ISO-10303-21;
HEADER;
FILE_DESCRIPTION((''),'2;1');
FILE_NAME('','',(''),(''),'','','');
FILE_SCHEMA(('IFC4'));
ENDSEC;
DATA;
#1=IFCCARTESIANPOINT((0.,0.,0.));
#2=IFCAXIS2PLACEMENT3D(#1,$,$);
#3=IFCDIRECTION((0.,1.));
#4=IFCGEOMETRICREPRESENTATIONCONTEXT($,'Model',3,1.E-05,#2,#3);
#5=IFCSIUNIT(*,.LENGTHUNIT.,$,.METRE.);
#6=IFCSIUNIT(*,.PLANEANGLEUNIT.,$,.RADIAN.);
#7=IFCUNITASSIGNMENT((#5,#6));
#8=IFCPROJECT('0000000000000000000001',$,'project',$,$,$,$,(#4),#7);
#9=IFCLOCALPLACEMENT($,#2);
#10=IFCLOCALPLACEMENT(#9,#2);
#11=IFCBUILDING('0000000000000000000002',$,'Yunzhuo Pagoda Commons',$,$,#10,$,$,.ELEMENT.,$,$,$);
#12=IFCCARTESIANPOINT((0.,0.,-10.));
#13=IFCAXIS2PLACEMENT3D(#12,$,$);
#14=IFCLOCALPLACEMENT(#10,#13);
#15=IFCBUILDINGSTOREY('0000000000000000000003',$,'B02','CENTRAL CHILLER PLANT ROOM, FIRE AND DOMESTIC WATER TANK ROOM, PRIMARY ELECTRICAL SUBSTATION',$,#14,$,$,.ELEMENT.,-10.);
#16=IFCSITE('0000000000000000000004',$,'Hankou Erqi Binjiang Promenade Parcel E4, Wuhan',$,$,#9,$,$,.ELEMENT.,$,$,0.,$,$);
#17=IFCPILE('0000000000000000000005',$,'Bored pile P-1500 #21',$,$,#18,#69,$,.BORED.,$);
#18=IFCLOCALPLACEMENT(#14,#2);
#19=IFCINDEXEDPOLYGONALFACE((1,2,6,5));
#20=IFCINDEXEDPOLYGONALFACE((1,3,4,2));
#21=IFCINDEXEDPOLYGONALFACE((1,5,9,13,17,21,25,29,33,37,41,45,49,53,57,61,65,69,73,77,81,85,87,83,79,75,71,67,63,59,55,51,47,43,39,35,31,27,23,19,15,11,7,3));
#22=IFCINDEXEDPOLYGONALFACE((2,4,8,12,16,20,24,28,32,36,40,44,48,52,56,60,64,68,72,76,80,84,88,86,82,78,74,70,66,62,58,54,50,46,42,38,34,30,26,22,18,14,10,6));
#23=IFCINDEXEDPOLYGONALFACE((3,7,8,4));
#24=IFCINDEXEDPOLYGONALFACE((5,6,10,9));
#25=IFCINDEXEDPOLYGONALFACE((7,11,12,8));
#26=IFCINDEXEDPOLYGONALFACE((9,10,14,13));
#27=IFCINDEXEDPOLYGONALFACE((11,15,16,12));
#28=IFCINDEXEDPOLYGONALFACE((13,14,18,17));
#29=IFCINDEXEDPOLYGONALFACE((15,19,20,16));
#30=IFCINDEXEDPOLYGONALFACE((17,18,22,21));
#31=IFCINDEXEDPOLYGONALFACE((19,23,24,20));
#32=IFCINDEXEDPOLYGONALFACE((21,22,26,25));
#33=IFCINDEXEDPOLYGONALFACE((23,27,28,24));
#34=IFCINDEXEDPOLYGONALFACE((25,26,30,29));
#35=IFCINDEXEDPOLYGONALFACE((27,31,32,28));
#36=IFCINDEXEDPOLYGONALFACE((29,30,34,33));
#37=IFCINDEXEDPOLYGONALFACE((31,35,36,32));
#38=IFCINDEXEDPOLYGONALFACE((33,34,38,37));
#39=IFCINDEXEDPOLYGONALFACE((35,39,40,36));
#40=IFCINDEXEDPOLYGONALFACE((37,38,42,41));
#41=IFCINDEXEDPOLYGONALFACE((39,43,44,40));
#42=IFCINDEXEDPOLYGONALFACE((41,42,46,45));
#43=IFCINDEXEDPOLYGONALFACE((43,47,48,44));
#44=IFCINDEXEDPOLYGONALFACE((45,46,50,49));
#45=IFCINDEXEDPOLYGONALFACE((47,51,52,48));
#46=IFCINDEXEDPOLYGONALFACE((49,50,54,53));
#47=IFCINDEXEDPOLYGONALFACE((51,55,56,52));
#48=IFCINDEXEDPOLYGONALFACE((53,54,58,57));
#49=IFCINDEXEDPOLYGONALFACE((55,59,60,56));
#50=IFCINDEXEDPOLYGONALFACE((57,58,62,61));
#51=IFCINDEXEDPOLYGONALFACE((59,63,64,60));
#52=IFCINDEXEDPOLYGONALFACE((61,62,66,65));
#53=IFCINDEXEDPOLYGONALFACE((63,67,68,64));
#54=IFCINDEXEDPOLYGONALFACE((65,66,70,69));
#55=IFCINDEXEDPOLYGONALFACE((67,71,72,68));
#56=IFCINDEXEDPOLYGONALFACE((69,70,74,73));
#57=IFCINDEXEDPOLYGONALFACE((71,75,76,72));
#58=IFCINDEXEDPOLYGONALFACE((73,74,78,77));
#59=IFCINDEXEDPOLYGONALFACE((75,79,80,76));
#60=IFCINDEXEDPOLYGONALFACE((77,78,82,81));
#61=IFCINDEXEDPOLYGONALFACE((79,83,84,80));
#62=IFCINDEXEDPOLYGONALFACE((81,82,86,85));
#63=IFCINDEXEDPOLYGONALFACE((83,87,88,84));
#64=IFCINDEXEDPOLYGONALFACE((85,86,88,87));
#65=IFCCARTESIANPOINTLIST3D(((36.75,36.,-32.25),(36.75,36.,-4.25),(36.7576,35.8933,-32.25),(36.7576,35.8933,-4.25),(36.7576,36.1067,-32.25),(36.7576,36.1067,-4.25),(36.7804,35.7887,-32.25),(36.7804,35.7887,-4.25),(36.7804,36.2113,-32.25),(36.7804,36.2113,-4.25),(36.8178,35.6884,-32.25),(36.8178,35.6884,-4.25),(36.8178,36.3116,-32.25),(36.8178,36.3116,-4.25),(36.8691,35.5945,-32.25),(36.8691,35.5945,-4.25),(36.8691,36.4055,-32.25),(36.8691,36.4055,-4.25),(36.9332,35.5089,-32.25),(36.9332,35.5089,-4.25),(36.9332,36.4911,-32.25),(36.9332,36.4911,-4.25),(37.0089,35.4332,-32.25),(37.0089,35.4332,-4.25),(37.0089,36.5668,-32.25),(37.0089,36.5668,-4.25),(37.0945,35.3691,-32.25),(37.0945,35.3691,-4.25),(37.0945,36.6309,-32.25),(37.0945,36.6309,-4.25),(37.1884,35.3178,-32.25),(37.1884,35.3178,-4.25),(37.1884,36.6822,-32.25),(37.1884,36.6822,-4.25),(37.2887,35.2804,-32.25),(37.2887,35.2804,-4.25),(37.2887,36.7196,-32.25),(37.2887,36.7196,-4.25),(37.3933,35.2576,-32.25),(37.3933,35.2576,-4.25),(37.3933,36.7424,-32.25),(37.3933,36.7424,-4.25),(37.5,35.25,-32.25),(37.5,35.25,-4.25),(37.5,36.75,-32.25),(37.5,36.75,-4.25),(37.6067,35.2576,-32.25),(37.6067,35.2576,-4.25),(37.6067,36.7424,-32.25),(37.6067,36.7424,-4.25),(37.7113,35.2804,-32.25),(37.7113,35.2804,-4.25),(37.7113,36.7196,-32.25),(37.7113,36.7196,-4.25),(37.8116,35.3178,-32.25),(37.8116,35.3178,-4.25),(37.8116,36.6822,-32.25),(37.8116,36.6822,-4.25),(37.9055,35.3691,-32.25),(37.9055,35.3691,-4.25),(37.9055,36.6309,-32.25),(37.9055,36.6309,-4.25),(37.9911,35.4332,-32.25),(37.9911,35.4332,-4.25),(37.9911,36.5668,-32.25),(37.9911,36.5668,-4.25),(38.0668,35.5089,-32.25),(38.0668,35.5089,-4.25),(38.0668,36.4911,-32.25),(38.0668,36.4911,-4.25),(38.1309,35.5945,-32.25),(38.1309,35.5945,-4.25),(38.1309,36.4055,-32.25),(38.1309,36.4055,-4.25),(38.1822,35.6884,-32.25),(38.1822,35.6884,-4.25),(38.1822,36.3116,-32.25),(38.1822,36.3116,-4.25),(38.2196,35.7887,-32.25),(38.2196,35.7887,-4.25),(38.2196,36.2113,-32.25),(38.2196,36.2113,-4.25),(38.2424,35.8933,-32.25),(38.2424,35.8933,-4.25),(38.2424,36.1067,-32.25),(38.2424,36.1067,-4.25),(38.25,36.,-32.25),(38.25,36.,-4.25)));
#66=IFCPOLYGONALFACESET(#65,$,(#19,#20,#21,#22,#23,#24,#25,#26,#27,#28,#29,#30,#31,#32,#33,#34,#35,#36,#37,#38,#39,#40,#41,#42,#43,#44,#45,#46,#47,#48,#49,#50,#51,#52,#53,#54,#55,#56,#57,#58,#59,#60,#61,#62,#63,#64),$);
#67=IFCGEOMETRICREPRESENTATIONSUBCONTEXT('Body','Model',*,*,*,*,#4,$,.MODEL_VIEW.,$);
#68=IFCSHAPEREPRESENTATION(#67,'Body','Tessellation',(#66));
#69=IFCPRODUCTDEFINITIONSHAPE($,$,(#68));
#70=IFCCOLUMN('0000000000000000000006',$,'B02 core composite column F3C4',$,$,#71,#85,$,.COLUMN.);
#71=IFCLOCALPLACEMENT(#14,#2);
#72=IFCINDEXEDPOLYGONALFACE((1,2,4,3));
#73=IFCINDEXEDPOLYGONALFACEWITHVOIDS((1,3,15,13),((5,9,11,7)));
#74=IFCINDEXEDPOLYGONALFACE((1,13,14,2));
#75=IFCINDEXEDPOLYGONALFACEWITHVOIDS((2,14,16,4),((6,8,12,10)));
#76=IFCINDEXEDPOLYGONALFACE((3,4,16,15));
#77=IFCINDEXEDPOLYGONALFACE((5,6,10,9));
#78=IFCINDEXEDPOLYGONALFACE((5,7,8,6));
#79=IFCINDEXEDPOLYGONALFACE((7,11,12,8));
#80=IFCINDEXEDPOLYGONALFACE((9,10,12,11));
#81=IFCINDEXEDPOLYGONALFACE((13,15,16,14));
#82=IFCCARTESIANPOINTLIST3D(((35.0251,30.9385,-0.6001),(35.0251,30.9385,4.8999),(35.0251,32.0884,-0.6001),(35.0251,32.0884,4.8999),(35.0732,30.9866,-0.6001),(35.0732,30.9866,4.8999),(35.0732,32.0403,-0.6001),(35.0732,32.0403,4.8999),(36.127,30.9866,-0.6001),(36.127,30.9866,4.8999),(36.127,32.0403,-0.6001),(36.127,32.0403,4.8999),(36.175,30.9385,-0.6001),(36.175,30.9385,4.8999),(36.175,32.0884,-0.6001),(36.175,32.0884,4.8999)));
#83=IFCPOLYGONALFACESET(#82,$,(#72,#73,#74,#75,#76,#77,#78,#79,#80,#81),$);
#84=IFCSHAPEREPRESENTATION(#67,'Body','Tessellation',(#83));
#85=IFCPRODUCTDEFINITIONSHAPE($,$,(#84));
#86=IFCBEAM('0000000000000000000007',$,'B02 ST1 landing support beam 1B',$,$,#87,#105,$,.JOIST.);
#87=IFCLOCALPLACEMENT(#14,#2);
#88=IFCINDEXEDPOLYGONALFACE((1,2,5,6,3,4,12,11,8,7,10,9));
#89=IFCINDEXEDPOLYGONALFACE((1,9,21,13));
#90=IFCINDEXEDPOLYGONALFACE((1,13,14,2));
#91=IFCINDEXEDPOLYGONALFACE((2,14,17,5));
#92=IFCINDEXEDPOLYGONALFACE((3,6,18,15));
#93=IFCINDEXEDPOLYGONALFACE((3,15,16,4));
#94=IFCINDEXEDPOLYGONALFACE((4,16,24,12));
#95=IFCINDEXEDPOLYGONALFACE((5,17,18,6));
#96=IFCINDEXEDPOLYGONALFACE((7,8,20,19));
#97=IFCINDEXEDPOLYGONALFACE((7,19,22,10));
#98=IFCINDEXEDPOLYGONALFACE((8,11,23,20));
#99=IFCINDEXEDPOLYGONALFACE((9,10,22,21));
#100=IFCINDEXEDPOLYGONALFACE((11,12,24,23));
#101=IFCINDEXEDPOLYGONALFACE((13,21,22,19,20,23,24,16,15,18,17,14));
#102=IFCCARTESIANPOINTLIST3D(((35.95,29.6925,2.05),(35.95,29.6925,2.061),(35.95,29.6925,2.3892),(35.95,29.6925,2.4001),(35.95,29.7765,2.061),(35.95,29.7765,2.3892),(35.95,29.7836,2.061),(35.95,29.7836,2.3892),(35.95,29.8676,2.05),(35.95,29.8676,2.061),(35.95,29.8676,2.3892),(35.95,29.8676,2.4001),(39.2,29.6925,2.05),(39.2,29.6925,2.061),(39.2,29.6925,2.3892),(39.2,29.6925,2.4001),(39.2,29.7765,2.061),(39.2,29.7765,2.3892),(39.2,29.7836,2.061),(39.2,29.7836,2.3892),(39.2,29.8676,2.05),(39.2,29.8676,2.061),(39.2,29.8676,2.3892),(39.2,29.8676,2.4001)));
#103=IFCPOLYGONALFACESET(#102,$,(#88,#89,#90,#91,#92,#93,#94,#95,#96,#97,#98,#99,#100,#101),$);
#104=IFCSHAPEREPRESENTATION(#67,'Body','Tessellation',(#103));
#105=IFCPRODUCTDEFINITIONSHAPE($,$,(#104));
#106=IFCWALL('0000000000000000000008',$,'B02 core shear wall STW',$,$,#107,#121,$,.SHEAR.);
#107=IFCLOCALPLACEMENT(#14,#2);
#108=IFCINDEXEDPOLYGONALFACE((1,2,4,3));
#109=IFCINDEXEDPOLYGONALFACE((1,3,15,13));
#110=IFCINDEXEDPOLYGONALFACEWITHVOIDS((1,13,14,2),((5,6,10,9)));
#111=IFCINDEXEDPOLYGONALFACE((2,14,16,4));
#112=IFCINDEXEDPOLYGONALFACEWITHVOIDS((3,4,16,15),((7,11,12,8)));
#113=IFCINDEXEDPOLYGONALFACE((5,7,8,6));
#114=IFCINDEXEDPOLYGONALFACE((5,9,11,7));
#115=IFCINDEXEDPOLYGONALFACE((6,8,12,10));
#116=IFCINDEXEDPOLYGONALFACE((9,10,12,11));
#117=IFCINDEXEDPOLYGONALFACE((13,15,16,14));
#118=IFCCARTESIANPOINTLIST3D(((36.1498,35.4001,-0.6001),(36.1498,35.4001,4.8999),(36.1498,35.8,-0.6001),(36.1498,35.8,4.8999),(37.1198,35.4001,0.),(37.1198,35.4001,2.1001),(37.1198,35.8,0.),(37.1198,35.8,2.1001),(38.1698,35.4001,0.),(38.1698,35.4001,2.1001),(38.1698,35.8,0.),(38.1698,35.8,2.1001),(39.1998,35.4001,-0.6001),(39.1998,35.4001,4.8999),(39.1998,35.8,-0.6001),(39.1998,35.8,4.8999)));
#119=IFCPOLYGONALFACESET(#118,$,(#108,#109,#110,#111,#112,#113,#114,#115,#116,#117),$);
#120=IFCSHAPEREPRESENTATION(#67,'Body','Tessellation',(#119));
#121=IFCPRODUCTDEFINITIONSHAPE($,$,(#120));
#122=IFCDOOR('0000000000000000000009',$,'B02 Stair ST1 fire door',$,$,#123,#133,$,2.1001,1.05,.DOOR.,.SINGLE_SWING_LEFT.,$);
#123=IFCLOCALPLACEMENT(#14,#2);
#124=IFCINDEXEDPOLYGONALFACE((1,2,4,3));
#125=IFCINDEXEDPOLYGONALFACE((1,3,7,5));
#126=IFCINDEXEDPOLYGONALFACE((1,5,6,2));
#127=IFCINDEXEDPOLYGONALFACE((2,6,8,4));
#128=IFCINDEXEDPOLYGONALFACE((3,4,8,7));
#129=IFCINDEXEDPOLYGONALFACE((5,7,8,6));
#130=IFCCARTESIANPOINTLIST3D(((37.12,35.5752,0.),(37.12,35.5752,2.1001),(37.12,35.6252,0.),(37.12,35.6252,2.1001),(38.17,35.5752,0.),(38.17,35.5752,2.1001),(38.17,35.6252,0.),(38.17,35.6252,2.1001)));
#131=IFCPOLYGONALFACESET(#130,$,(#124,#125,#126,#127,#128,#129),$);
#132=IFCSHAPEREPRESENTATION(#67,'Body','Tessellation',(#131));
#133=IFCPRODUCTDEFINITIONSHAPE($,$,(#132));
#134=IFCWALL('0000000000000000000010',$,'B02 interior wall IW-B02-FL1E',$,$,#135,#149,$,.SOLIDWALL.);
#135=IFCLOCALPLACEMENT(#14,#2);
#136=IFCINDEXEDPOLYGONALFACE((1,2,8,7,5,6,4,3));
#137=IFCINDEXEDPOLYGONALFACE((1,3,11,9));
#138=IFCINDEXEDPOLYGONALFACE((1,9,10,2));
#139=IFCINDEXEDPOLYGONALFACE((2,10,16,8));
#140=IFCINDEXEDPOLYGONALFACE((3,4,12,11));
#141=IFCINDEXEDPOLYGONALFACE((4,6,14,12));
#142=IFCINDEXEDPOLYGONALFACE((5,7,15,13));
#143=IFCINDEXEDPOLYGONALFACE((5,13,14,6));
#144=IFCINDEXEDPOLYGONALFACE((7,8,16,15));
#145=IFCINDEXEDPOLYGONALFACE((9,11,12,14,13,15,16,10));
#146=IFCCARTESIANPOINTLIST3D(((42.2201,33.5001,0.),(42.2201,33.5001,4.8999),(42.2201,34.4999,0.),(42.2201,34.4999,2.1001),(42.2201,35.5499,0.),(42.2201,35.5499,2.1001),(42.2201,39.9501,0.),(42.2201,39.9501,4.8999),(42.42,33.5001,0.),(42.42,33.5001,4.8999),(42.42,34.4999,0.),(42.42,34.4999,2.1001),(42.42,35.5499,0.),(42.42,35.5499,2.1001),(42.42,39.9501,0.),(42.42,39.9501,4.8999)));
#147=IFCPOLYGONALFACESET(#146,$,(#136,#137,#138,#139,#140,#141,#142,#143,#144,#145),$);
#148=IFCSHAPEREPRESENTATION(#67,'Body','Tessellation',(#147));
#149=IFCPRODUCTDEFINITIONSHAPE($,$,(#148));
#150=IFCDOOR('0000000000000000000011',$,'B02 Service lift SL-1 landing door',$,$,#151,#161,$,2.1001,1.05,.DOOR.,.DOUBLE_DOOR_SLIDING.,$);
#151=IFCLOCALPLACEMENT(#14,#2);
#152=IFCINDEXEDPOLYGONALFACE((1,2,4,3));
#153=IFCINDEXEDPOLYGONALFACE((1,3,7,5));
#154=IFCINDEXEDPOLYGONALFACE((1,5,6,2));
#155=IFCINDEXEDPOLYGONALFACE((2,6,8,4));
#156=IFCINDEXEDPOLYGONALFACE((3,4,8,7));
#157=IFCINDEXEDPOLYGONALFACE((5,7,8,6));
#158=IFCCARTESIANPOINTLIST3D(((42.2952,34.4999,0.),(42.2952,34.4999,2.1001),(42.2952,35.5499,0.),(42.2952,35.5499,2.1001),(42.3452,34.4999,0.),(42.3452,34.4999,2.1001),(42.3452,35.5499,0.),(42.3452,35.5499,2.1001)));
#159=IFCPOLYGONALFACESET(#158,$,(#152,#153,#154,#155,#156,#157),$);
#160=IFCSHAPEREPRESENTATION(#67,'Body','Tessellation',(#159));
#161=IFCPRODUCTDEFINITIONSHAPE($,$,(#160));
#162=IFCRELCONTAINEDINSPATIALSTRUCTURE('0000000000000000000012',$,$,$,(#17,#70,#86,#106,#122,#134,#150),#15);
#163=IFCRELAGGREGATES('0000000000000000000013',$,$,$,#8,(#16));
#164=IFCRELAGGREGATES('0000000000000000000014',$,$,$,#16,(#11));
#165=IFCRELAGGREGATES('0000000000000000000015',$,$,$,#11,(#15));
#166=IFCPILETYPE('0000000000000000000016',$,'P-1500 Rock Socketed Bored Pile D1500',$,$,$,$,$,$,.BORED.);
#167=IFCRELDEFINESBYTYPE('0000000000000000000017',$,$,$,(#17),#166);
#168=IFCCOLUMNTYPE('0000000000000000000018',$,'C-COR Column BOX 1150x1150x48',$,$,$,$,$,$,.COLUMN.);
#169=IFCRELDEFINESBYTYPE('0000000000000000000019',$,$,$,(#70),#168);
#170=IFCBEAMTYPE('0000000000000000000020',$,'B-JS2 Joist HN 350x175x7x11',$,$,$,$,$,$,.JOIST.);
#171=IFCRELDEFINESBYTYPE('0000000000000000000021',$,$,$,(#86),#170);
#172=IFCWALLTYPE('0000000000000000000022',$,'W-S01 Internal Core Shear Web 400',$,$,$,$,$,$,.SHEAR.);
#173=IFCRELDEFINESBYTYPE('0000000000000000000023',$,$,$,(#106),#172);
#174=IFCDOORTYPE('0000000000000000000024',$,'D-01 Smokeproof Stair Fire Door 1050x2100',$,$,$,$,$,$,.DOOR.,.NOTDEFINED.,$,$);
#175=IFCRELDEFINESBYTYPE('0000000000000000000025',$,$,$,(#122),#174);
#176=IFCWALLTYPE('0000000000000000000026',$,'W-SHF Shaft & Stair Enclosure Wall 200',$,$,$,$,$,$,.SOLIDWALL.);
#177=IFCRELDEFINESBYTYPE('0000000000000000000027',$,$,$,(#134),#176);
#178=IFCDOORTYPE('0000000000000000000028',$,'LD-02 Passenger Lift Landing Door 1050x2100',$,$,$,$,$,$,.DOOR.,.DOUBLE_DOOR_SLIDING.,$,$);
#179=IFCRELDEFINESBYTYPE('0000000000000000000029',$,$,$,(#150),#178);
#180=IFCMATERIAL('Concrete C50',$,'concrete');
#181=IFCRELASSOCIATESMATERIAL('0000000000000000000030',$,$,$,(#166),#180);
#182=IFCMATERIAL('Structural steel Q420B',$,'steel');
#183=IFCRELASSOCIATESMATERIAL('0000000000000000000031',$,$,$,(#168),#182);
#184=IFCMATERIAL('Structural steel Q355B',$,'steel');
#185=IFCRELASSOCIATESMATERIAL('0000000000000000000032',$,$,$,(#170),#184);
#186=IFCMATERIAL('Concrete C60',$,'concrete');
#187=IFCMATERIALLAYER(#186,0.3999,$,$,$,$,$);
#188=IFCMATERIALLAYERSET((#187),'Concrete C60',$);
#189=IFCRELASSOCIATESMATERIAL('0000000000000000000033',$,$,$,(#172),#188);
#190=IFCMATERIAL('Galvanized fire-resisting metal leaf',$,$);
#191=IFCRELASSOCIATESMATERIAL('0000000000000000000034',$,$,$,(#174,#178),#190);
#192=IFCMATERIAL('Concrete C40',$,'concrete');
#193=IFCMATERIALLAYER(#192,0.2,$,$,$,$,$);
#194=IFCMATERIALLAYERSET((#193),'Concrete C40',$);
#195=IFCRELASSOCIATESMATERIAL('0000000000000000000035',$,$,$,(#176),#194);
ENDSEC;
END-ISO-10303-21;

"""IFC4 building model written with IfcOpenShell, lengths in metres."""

from ifc_helpers import new_model, si_unit, direction, frame, frame_2d, origin, origin_with_axes, origin_2d, place, context, subcontext, project, spatial, rectangle, hollow_rectangle, circle, i_section, extrude, source, transform, mapped, material, layer, layer_set, material_profile, profile_set, type_object, element, fill, save


model = new_model("IFC4")

# Units and contexts
model_context = context("Model", 3, precision=1e-05, world=origin(), true_north=direction((0.0, 1.0)))
body_context = subcontext(model_context, "Body", "Model", "MODEL_VIEW")
ifc_project = project(units=[si_unit("LENGTHUNIT", "METRE"), si_unit("PLANEANGLEUNIT", "RADIAN")], contexts=[model_context])

# Site, building, storey
site_placement = place(None, origin())
site = spatial("IfcSite", under=ifc_project, at=site_placement, Name="Hankou Erqi Binjiang Promenade Parcel E4, Wuhan", CompositionType="ELEMENT", RefElevation=0.0)
building_placement = place(site_placement, origin())
building = spatial("IfcBuilding", under=site, at=building_placement, Name="Yunzhuo Pagoda Commons", CompositionType="ELEMENT")
storey_placement = place(building_placement, frame((0.0, 0.0, -10.0)))
storey = spatial("IfcBuildingStorey", under=building, at=storey_placement, Name="B02", Description="CENTRAL CHILLER PLANT ROOM, FIRE AND DOMESTIC WATER TANK ROOM, PRIMARY ELECTRICAL SUBSTATION", CompositionType="ELEMENT", Elevation=-10.0)

# Pile
ifc_material_1 = material(Name="Concrete C50", Category="concrete")
ifc_material_profile_1 = material_profile(ifc_material_1, circle(Radius=0.75, at=origin_2d()), Name="Concrete C50")
ifc_profile_set_1 = profile_set([ifc_material_profile_1], Name="Concrete C50")
pile_type = type_object("IfcPileType", Name="P-1500 Rock Socketed Bored Pile D1500", PredefinedType="BORED", material=ifc_profile_set_1)
shared_shape_1 = source(origin(), body_context, "Body", "SweptSolid", [
    extrude(circle(Radius=0.75, at=origin_2d()), origin(), (0.0, 0.0, 1.0), 28.0),
])
pile_placement = place(storey_placement, frame((37.5, 36.0, -4.25), z_axis=(0.0, 0.0, -1.0), x_axis=(1.0, 0.0, 0.0)))
element("IfcPile", 1, at=pile_placement, inside=storey, type_object=pile_type, Name="Bored pile P-1500 #21", PredefinedType="BORED", context=body_context, shape_type="MappedRepresentation", body=[
    mapped(shared_shape_1, transform((0.0, 0.0, 0.0), scale=1.0)),
])

# Column
ifc_material_2 = material(Name="Structural steel Q420B", Category="steel")
ifc_material_profile_2 = material_profile(ifc_material_2, hollow_rectangle(XDim=1.1499, YDim=1.1499, WallThickness=0.0481, at=origin_2d()), Name="Structural steel Q420B")
ifc_profile_set_2 = profile_set([ifc_material_profile_2], Name="Structural steel Q420B")
column_type = type_object("IfcColumnType", Name="C-COR Column BOX 1150x1150x48", PredefinedType="COLUMN", material=ifc_profile_set_2)
shared_shape_2 = source(origin(), body_context, "Body", "SweptSolid", [
    extrude(hollow_rectangle(XDim=1.1499, YDim=1.1499, WallThickness=0.0481, at=origin_2d()), origin(), (0.0, 0.0, 1.0), 5.5),
])
column_placement = place(storey_placement, frame((35.6001, 31.5134, -0.6001), z_axis=(0.0, 0.0, 1.0), x_axis=(1.0, 0.0, 0.0)))
element("IfcColumn", 2, at=column_placement, inside=storey, type_object=column_type, Name="B02 core composite column F3C4", PredefinedType="COLUMN", context=body_context, shape_type="MappedRepresentation", body=[
    mapped(shared_shape_2, transform((0.0, 0.0, 0.0), scale=1.0)),
])

# Beam
ifc_material_3 = material(Name="Structural steel Q355B", Category="steel")
ifc_material_profile_3 = material_profile(ifc_material_3, i_section(OverallWidth=0.175, OverallDepth=0.3501, WebThickness=0.0071, FlangeThickness=0.011, at=origin_2d()), Name="Structural steel Q355B")
ifc_profile_set_3 = profile_set([ifc_material_profile_3], Name="Structural steel Q355B")
beam_type = type_object("IfcBeamType", Name="B-JS2 Joist HN 350x175x7x11", PredefinedType="JOIST", material=ifc_profile_set_3)
shared_shape_3 = source(origin(), body_context, "Body", "SweptSolid", [
    extrude(i_section(OverallWidth=0.175, OverallDepth=0.3501, WebThickness=0.0071, FlangeThickness=0.011, at=origin_2d()), origin(), (0.0, 0.0, 1.0), 3.25),
])
beam_placement = place(storey_placement, frame((35.95, 29.78, 2.2251), z_axis=(1.0, 0.0, 0.0), x_axis=(0.0, 1.0, 0.0)))
element("IfcBeam", 3, at=beam_placement, inside=storey, type_object=beam_type, Name="B02 ST1 landing support beam 1B", PredefinedType="JOIST", context=body_context, shape_type="MappedRepresentation", body=[
    mapped(shared_shape_3, transform((0.0, 0.0, 0.0), scale=1.0)),
])

# Walls, openings, doors
ifc_material_4 = material(Name="Concrete C60", Category="concrete")
ifc_layer_1 = layer(ifc_material_4, 0.3999)
ifc_layer_set_1 = layer_set([ifc_layer_1], Name="Concrete C60")
wall_type_1 = type_object("IfcWallType", Name="W-S01 Internal Core Shear Web 400", PredefinedType="SHEAR", material=ifc_layer_set_1)
wall_1_placement = place(storey_placement, frame((36.1499, 35.6001, -0.6001), z_axis=(0.0, 0.0, 1.0), x_axis=(1.0, 0.0, 0.0)))
wall_1 = element("IfcWall", 4, at=wall_1_placement, inside=storey, type_object=wall_type_1, Name="B02 core shear wall STW", PredefinedType="SHEAR", context=body_context, shape_type="SweptSolid", body=[
    extrude(rectangle(XDim=3.05, YDim=0.3999, at=frame_2d((1.5249, 0.0))), origin(), (0.0, 0.0, 1.0), 5.5),
])
opening_1_placement = place(wall_1_placement, frame((0.97, 0.0, 0.6001)))
opening_1 = element("IfcOpeningElement", 5, at=opening_1_placement, cuts=wall_1, PredefinedType="OPENING", context=body_context, shape_type="SweptSolid", body=[
    extrude(rectangle(XDim=1.05, YDim=2.1001, at=frame_2d((0.5249, 1.05))), frame((0.0, 0.21, 0.0), z_axis=(0.0, -1.0, 0.0), x_axis=(1.0, 0.0, 0.0)), (0.0, 0.0, 1.0), 0.4199),
])
ifc_material_5 = material(Name="Galvanized fire-resisting metal leaf")
door_type_1 = type_object("IfcDoorType", Name="D-01 Smokeproof Stair Fire Door 1050x2100", OperationType="NOTDEFINED", PredefinedType="DOOR", material=ifc_material_5)
shared_shape_4 = source(origin(), body_context, "Body", "SweptSolid", [
    extrude(rectangle(XDim=1.05, YDim=2.1001, at=frame_2d((0.5249, 1.05))), frame((0.0, 0.0249, 0.0), z_axis=(0.0, -1.0, 0.0), x_axis=(1.0, 0.0, 0.0)), (0.0, 0.0, 1.0), 0.05),
])
door_1_placement = place(opening_1_placement, frame((1.05, 0.0, 0.0), z_axis=(0.0, 0.0, 1.0), x_axis=(-1.0, 0.0, 0.0)))
door_1 = element("IfcDoor", 6, at=door_1_placement, inside=storey, type_object=door_type_1, Name="B02 Stair ST1 fire door", OperationType="SINGLE_SWING_LEFT", OverallHeight=2.1001, OverallWidth=1.05, PredefinedType="DOOR", context=body_context, shape_type="MappedRepresentation", body=[
    mapped(shared_shape_4, transform((0.0, 0.0, 0.0), scale=1.0)),
])
fill(opening_1, door_1)
ifc_material_6 = material(Name="Concrete C40", Category="concrete")
ifc_layer_2 = layer(ifc_material_6, 0.2)
ifc_layer_set_2 = layer_set([ifc_layer_2], Name="Concrete C40")
wall_type_2 = type_object("IfcWallType", Name="W-SHF Shaft & Stair Enclosure Wall 200", PredefinedType="SOLIDWALL", material=ifc_layer_set_2)
wall_2_placement = place(storey_placement, frame((42.3201, 33.5, 0.0), z_axis=(0.0, 0.0, 1.0), x_axis=(0.0, 1.0, 0.0)))
wall_2 = element("IfcWall", 7, at=wall_2_placement, inside=storey, type_object=wall_type_2, Name="B02 interior wall IW-B02-FL1E", PredefinedType="SOLIDWALL", context=body_context, shape_type="SweptSolid", body=[
    extrude(rectangle(XDim=6.45, YDim=0.2, at=frame_2d((3.2251, 0.0))), origin(), (0.0, 0.0, 1.0), 4.8999),
])
opening_2_placement = place(wall_2_placement, frame((1.0, 0.0, 0.0)))
opening_2 = element("IfcOpeningElement", 8, at=opening_2_placement, cuts=wall_2, PredefinedType="OPENING", context=body_context, shape_type="SweptSolid", body=[
    extrude(rectangle(XDim=1.05, YDim=2.1001, at=frame_2d((0.5249, 1.05))), frame((0.0, 0.1099, 0.0), z_axis=(0.0, -1.0, 0.0), x_axis=(1.0, 0.0, 0.0)), (0.0, 0.0, 1.0), 0.22),
])
door_type_2 = type_object("IfcDoorType", Name="LD-02 Passenger Lift Landing Door 1050x2100", OperationType="DOUBLE_DOOR_SLIDING", PredefinedType="DOOR", material=ifc_material_5)
door_2_placement = place(opening_2_placement, origin_with_axes())
door_2 = element("IfcDoor", 9, at=door_2_placement, inside=storey, type_object=door_type_2, Name="B02 Service lift SL-1 landing door", OperationType="DOUBLE_DOOR_SLIDING", OverallHeight=2.1001, OverallWidth=1.05, PredefinedType="DOOR", context=body_context, shape_type="MappedRepresentation", body=[
    mapped(shared_shape_4, transform((0.0, 0.0, 0.0), scale=1.0)),
])
fill(opening_2, door_2)

save(model, "model.ifc")
